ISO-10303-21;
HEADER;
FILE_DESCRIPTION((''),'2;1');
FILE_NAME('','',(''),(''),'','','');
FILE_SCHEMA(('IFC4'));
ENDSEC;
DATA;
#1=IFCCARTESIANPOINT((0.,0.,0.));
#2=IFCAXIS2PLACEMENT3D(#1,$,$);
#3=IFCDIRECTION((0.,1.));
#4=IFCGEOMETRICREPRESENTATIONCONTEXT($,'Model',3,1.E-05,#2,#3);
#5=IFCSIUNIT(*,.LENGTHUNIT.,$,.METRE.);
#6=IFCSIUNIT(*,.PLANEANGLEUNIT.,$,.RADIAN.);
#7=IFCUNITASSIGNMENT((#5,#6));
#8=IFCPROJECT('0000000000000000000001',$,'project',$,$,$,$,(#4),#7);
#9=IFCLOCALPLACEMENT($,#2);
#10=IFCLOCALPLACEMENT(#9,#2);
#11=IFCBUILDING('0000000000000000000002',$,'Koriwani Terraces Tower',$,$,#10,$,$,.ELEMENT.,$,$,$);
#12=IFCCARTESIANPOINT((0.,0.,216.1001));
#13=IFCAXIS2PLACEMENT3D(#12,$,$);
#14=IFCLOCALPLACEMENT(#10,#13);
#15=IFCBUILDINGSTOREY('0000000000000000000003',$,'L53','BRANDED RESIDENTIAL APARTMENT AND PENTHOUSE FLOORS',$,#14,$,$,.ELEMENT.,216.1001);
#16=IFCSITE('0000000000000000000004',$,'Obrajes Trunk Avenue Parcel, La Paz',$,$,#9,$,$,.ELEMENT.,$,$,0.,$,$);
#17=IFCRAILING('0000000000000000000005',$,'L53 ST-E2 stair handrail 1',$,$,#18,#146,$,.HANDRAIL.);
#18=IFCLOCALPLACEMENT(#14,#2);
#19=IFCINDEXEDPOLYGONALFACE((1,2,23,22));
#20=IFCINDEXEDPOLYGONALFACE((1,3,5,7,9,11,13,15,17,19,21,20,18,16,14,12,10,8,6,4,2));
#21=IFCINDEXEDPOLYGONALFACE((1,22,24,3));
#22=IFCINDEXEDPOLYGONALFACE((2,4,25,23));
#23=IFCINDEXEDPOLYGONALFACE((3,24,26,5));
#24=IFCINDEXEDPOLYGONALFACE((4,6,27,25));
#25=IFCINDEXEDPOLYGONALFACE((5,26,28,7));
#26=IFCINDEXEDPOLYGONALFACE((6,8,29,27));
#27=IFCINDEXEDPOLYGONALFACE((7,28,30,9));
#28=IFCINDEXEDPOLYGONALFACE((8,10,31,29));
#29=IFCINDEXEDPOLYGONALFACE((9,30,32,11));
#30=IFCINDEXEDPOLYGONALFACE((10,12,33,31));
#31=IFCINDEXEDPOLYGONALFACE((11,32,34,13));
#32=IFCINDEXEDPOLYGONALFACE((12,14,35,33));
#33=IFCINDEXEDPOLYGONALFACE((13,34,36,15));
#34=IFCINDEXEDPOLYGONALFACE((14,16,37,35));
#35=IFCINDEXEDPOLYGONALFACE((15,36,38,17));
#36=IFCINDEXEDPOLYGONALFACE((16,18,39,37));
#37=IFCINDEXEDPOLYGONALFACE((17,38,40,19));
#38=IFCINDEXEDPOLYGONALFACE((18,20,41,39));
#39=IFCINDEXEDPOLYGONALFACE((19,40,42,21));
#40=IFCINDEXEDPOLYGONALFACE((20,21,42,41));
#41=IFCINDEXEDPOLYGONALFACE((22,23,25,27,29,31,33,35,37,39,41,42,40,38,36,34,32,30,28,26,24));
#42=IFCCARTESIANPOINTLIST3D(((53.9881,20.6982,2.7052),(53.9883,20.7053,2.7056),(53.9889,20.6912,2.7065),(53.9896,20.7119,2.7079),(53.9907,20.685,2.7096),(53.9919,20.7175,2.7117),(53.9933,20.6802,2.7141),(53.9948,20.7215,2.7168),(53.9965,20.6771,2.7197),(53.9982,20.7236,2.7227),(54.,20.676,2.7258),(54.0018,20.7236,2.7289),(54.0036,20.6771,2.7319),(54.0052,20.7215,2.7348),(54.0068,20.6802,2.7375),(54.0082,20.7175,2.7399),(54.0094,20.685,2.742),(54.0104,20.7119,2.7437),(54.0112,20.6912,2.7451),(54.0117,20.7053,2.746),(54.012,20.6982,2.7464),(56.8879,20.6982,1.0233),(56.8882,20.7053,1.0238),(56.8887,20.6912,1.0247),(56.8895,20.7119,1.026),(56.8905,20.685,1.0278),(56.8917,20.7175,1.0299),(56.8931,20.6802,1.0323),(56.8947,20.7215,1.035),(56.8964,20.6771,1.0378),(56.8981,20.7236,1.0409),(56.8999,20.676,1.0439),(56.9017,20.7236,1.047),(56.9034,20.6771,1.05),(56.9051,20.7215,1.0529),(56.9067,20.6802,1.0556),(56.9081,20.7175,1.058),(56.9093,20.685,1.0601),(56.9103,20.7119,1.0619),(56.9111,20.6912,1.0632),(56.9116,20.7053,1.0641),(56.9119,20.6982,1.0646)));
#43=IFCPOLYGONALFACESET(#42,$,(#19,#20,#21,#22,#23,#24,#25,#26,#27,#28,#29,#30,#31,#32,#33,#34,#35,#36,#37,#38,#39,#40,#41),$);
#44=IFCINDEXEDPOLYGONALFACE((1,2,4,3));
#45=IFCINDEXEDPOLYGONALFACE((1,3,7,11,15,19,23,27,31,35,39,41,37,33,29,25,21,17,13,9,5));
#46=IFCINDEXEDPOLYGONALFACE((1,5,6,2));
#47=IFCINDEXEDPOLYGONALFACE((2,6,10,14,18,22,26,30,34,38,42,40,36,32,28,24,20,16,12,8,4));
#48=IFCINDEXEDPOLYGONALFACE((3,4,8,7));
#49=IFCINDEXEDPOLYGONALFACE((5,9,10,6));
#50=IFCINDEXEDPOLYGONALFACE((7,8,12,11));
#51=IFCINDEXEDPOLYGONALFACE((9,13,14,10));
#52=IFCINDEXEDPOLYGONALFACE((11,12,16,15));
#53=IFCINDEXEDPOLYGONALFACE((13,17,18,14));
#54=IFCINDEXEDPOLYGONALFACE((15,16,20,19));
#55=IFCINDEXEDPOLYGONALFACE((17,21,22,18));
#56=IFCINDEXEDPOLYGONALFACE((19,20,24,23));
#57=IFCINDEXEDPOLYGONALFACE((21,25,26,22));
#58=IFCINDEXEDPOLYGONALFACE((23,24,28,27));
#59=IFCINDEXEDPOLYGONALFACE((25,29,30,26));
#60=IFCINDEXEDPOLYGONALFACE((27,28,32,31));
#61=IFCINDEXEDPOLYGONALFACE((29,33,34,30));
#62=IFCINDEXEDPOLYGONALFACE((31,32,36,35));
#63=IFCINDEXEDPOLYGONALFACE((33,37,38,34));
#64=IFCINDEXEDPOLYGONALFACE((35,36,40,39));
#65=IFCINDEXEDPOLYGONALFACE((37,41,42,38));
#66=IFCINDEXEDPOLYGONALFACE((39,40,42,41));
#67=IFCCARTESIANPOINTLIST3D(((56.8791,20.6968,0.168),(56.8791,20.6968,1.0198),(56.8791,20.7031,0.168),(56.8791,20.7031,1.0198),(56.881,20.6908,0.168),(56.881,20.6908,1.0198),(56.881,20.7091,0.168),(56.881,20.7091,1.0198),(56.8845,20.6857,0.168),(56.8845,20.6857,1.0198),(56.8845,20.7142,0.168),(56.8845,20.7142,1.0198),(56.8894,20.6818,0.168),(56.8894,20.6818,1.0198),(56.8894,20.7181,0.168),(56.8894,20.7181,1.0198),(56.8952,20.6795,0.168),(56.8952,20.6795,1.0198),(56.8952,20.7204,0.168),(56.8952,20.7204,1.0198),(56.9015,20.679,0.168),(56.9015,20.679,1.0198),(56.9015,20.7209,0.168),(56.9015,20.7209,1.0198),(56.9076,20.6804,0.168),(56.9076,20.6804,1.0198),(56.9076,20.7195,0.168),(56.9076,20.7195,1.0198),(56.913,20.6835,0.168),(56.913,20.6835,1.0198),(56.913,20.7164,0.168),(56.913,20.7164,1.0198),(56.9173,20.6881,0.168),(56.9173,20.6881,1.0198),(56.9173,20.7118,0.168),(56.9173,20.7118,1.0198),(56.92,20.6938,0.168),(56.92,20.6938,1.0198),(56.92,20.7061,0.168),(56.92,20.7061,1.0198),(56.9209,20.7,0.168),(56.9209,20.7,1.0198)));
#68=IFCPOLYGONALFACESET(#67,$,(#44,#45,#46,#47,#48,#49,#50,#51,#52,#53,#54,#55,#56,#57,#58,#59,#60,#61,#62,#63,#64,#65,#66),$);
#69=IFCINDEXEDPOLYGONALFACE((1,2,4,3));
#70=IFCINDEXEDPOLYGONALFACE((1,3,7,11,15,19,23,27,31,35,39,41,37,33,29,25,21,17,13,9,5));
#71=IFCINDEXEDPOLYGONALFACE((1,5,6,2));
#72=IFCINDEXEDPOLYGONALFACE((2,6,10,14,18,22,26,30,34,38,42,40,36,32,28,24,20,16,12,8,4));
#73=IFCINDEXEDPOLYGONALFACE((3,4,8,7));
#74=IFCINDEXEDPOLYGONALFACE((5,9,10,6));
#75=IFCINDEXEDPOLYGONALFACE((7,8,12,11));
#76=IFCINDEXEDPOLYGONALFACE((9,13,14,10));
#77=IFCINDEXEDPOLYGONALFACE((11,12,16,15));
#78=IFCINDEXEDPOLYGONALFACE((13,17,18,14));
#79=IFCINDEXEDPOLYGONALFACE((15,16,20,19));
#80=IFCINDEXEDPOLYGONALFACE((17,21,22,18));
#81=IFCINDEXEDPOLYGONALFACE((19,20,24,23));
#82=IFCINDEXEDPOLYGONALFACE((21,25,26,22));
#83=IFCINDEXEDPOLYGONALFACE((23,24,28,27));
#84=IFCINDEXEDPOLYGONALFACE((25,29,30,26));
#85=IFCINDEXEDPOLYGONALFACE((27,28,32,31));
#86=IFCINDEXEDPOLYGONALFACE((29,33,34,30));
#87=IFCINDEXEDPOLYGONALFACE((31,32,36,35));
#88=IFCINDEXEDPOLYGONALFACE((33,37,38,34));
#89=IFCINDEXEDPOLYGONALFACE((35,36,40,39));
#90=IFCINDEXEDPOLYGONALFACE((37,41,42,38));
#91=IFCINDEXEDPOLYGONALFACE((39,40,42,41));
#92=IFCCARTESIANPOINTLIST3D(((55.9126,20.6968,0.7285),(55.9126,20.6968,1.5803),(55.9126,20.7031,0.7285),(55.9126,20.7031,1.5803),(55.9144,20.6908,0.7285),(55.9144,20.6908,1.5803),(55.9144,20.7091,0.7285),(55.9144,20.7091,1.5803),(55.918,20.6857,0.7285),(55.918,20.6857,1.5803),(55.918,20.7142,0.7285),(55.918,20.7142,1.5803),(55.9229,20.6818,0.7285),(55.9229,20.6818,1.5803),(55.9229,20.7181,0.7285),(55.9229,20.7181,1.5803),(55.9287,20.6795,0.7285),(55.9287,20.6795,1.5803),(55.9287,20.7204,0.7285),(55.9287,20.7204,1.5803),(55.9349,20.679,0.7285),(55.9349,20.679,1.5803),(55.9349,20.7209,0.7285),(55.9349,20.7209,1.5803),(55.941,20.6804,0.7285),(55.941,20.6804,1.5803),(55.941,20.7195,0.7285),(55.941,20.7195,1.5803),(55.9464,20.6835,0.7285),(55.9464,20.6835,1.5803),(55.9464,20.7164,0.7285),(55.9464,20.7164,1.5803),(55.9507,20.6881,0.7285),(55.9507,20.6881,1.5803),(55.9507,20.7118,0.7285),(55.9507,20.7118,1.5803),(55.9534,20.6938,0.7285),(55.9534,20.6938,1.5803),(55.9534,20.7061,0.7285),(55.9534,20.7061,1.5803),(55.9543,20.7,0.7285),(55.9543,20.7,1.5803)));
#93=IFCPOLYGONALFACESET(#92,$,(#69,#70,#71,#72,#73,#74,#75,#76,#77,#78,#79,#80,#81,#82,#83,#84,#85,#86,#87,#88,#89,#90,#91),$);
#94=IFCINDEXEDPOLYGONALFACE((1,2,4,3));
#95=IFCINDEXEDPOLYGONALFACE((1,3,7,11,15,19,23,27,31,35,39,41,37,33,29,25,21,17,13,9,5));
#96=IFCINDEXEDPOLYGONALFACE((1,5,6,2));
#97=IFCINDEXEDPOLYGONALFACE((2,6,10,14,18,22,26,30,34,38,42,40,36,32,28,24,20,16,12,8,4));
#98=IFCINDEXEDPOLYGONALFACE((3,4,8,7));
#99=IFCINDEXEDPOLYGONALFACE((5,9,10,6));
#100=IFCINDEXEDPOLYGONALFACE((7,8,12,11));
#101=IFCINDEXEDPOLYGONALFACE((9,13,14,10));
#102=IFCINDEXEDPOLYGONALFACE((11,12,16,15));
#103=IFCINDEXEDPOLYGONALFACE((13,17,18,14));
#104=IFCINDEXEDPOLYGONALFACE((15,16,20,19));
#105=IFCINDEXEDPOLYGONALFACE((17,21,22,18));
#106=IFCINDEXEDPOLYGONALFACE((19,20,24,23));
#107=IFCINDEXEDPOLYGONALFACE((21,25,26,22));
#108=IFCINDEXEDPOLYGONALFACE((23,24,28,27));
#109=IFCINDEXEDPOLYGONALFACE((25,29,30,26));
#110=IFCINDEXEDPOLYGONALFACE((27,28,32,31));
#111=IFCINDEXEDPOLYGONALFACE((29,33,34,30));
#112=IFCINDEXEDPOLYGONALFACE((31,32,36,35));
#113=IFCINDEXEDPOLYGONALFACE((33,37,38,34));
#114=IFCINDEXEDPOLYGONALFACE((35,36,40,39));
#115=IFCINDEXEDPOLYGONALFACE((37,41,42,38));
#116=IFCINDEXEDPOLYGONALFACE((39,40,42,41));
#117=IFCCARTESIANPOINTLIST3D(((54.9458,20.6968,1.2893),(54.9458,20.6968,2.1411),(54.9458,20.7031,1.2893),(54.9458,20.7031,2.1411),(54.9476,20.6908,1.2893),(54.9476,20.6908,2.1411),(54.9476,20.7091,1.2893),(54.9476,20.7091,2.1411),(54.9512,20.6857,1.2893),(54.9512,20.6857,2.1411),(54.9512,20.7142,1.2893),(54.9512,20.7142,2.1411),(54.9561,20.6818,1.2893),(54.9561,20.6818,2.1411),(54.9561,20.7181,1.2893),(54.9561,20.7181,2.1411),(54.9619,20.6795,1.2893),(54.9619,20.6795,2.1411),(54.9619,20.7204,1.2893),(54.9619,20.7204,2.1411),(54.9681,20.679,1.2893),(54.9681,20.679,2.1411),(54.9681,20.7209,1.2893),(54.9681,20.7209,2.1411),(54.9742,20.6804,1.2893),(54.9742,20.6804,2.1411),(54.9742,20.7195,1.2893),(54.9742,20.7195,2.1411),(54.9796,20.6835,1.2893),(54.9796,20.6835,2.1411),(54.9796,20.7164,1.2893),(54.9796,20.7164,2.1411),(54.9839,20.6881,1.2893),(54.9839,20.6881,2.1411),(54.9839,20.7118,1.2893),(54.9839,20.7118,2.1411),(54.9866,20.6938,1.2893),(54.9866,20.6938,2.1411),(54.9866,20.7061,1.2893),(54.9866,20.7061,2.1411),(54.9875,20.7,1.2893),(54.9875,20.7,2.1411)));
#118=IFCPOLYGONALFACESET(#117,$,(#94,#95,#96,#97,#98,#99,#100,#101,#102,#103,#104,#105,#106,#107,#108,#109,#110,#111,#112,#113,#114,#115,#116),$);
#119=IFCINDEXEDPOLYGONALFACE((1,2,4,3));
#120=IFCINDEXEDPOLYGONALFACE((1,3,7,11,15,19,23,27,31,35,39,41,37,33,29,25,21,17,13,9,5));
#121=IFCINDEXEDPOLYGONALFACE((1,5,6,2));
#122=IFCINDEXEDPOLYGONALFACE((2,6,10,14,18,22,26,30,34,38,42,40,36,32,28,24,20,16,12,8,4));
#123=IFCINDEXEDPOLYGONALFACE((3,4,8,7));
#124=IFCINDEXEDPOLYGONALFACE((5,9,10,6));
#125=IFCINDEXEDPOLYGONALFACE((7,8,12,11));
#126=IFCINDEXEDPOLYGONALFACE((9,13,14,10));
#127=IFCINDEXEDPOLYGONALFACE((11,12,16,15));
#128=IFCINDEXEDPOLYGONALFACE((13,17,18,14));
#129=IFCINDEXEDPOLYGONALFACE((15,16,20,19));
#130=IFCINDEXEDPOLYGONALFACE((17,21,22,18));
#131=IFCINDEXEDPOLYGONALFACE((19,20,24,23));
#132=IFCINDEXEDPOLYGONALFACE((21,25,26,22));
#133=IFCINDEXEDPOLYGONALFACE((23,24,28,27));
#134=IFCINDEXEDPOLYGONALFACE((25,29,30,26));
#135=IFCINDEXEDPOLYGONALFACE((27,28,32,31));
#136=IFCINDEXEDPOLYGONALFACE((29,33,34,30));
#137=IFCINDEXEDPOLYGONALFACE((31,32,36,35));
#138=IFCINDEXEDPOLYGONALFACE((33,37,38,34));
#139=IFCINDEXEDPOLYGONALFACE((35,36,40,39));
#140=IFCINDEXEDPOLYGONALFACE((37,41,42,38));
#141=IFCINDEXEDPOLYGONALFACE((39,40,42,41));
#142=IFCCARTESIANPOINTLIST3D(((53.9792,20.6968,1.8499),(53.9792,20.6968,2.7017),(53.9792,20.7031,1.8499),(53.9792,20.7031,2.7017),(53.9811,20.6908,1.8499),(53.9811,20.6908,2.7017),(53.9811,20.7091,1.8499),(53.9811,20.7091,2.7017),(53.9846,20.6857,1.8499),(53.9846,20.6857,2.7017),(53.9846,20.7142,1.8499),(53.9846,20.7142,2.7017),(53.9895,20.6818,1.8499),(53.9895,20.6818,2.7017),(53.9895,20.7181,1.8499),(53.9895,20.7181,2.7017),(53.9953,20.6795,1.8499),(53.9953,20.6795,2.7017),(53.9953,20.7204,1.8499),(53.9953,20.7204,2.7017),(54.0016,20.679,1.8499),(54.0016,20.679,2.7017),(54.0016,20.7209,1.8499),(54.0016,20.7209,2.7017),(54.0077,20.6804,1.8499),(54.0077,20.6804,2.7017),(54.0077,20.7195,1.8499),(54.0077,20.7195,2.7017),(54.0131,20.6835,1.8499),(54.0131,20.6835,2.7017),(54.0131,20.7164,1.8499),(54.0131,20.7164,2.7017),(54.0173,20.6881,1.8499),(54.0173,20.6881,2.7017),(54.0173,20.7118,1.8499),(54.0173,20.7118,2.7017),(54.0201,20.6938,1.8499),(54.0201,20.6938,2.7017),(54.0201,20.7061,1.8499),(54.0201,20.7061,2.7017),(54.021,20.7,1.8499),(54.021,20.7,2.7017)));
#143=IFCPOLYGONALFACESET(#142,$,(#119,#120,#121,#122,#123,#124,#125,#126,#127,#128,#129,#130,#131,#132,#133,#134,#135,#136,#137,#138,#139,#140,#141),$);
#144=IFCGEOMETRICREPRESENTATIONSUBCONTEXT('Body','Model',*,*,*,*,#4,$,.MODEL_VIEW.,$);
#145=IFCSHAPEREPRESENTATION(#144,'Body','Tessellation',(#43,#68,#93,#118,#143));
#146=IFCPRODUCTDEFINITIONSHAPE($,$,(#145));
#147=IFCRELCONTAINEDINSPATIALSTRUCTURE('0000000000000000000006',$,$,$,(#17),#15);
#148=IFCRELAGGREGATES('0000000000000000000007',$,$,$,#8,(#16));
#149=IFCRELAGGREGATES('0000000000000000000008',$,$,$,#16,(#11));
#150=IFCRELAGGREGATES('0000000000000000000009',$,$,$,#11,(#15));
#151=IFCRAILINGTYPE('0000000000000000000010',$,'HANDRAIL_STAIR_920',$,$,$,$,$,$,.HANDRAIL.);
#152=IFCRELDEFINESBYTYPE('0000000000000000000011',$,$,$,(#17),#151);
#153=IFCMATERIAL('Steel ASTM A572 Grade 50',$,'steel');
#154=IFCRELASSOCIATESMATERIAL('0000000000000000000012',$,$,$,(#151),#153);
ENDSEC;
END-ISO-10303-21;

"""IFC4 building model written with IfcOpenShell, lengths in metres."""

from ifc_helpers import new_model, si_unit, direction, frame, origin, origin_2d, place, context, subcontext, project, spatial, circle, extrude, material, type_object, element, save


model = new_model("IFC4")

# Units and contexts
model_context = context("Model", 3, precision=1e-05, world=origin(), true_north=direction((0.0, 1.0)))
body_context = subcontext(model_context, "Body", "Model", "MODEL_VIEW")
ifc_project = project(units=[si_unit("LENGTHUNIT", "METRE"), si_unit("PLANEANGLEUNIT", "RADIAN")], contexts=[model_context])

# Site, building, storey
site_placement = place(None, origin())
site = spatial("IfcSite", under=ifc_project, at=site_placement, Name="Obrajes Trunk Avenue Parcel, La Paz", CompositionType="ELEMENT", RefElevation=0.0)
building_placement = place(site_placement, origin())
building = spatial("IfcBuilding", under=site, at=building_placement, Name="Koriwani Terraces Tower", CompositionType="ELEMENT")
storey_placement = place(building_placement, frame((0.0, 0.0, 216.1001)))
storey = spatial("IfcBuildingStorey", under=building, at=storey_placement, Name="L53", Description="BRANDED RESIDENTIAL APARTMENT AND PENTHOUSE FLOORS", CompositionType="ELEMENT", Elevation=216.1001)

# Shared definitions
ifc_material_1 = material(Name="Steel ASTM A572 Grade 50", Category="steel")

# Railing
railing_type_1 = type_object("IfcRailingType", Name="HANDRAIL_STAIR_920", PredefinedType="HANDRAIL", material=ifc_material_1)
railing_1_placement = place(storey_placement, frame((56.8999, 20.7, 0.168)))
element("IfcRailing", 1, at=railing_1_placement, inside=storey, type_object=railing_type_1, Name="L53 ST-E2 stair handrail 1", PredefinedType="HANDRAIL", context=body_context, shape_type="SweptSolid", body=[
    extrude(circle(Radius=0.0239, at=origin_2d()), frame((0.0, 0.0, 0.876), z_axis=(-0.865039, 0.0, 0.501705), x_axis=(0.0, -1.0, 0.0)), (0.0, 0.0, 1.0), 3.3523),
    extrude(circle(Radius=0.021, at=origin_2d()), origin(), (0.0, 0.0, 1.0), 0.8518),
    extrude(circle(Radius=0.021, at=origin_2d()), frame((-0.9666, 0.0, 0.5605)), (0.0, 0.0, 1.0), 0.8518),
    extrude(circle(Radius=0.021, at=origin_2d()), frame((-1.9333, 0.0, 1.1213)), (0.0, 0.0, 1.0), 0.8518),
    extrude(circle(Radius=0.021, at=origin_2d()), frame((-2.8999, 0.0, 1.6819)), (0.0, 0.0, 1.0), 0.8518),
])

save(model, "model.ifc")
